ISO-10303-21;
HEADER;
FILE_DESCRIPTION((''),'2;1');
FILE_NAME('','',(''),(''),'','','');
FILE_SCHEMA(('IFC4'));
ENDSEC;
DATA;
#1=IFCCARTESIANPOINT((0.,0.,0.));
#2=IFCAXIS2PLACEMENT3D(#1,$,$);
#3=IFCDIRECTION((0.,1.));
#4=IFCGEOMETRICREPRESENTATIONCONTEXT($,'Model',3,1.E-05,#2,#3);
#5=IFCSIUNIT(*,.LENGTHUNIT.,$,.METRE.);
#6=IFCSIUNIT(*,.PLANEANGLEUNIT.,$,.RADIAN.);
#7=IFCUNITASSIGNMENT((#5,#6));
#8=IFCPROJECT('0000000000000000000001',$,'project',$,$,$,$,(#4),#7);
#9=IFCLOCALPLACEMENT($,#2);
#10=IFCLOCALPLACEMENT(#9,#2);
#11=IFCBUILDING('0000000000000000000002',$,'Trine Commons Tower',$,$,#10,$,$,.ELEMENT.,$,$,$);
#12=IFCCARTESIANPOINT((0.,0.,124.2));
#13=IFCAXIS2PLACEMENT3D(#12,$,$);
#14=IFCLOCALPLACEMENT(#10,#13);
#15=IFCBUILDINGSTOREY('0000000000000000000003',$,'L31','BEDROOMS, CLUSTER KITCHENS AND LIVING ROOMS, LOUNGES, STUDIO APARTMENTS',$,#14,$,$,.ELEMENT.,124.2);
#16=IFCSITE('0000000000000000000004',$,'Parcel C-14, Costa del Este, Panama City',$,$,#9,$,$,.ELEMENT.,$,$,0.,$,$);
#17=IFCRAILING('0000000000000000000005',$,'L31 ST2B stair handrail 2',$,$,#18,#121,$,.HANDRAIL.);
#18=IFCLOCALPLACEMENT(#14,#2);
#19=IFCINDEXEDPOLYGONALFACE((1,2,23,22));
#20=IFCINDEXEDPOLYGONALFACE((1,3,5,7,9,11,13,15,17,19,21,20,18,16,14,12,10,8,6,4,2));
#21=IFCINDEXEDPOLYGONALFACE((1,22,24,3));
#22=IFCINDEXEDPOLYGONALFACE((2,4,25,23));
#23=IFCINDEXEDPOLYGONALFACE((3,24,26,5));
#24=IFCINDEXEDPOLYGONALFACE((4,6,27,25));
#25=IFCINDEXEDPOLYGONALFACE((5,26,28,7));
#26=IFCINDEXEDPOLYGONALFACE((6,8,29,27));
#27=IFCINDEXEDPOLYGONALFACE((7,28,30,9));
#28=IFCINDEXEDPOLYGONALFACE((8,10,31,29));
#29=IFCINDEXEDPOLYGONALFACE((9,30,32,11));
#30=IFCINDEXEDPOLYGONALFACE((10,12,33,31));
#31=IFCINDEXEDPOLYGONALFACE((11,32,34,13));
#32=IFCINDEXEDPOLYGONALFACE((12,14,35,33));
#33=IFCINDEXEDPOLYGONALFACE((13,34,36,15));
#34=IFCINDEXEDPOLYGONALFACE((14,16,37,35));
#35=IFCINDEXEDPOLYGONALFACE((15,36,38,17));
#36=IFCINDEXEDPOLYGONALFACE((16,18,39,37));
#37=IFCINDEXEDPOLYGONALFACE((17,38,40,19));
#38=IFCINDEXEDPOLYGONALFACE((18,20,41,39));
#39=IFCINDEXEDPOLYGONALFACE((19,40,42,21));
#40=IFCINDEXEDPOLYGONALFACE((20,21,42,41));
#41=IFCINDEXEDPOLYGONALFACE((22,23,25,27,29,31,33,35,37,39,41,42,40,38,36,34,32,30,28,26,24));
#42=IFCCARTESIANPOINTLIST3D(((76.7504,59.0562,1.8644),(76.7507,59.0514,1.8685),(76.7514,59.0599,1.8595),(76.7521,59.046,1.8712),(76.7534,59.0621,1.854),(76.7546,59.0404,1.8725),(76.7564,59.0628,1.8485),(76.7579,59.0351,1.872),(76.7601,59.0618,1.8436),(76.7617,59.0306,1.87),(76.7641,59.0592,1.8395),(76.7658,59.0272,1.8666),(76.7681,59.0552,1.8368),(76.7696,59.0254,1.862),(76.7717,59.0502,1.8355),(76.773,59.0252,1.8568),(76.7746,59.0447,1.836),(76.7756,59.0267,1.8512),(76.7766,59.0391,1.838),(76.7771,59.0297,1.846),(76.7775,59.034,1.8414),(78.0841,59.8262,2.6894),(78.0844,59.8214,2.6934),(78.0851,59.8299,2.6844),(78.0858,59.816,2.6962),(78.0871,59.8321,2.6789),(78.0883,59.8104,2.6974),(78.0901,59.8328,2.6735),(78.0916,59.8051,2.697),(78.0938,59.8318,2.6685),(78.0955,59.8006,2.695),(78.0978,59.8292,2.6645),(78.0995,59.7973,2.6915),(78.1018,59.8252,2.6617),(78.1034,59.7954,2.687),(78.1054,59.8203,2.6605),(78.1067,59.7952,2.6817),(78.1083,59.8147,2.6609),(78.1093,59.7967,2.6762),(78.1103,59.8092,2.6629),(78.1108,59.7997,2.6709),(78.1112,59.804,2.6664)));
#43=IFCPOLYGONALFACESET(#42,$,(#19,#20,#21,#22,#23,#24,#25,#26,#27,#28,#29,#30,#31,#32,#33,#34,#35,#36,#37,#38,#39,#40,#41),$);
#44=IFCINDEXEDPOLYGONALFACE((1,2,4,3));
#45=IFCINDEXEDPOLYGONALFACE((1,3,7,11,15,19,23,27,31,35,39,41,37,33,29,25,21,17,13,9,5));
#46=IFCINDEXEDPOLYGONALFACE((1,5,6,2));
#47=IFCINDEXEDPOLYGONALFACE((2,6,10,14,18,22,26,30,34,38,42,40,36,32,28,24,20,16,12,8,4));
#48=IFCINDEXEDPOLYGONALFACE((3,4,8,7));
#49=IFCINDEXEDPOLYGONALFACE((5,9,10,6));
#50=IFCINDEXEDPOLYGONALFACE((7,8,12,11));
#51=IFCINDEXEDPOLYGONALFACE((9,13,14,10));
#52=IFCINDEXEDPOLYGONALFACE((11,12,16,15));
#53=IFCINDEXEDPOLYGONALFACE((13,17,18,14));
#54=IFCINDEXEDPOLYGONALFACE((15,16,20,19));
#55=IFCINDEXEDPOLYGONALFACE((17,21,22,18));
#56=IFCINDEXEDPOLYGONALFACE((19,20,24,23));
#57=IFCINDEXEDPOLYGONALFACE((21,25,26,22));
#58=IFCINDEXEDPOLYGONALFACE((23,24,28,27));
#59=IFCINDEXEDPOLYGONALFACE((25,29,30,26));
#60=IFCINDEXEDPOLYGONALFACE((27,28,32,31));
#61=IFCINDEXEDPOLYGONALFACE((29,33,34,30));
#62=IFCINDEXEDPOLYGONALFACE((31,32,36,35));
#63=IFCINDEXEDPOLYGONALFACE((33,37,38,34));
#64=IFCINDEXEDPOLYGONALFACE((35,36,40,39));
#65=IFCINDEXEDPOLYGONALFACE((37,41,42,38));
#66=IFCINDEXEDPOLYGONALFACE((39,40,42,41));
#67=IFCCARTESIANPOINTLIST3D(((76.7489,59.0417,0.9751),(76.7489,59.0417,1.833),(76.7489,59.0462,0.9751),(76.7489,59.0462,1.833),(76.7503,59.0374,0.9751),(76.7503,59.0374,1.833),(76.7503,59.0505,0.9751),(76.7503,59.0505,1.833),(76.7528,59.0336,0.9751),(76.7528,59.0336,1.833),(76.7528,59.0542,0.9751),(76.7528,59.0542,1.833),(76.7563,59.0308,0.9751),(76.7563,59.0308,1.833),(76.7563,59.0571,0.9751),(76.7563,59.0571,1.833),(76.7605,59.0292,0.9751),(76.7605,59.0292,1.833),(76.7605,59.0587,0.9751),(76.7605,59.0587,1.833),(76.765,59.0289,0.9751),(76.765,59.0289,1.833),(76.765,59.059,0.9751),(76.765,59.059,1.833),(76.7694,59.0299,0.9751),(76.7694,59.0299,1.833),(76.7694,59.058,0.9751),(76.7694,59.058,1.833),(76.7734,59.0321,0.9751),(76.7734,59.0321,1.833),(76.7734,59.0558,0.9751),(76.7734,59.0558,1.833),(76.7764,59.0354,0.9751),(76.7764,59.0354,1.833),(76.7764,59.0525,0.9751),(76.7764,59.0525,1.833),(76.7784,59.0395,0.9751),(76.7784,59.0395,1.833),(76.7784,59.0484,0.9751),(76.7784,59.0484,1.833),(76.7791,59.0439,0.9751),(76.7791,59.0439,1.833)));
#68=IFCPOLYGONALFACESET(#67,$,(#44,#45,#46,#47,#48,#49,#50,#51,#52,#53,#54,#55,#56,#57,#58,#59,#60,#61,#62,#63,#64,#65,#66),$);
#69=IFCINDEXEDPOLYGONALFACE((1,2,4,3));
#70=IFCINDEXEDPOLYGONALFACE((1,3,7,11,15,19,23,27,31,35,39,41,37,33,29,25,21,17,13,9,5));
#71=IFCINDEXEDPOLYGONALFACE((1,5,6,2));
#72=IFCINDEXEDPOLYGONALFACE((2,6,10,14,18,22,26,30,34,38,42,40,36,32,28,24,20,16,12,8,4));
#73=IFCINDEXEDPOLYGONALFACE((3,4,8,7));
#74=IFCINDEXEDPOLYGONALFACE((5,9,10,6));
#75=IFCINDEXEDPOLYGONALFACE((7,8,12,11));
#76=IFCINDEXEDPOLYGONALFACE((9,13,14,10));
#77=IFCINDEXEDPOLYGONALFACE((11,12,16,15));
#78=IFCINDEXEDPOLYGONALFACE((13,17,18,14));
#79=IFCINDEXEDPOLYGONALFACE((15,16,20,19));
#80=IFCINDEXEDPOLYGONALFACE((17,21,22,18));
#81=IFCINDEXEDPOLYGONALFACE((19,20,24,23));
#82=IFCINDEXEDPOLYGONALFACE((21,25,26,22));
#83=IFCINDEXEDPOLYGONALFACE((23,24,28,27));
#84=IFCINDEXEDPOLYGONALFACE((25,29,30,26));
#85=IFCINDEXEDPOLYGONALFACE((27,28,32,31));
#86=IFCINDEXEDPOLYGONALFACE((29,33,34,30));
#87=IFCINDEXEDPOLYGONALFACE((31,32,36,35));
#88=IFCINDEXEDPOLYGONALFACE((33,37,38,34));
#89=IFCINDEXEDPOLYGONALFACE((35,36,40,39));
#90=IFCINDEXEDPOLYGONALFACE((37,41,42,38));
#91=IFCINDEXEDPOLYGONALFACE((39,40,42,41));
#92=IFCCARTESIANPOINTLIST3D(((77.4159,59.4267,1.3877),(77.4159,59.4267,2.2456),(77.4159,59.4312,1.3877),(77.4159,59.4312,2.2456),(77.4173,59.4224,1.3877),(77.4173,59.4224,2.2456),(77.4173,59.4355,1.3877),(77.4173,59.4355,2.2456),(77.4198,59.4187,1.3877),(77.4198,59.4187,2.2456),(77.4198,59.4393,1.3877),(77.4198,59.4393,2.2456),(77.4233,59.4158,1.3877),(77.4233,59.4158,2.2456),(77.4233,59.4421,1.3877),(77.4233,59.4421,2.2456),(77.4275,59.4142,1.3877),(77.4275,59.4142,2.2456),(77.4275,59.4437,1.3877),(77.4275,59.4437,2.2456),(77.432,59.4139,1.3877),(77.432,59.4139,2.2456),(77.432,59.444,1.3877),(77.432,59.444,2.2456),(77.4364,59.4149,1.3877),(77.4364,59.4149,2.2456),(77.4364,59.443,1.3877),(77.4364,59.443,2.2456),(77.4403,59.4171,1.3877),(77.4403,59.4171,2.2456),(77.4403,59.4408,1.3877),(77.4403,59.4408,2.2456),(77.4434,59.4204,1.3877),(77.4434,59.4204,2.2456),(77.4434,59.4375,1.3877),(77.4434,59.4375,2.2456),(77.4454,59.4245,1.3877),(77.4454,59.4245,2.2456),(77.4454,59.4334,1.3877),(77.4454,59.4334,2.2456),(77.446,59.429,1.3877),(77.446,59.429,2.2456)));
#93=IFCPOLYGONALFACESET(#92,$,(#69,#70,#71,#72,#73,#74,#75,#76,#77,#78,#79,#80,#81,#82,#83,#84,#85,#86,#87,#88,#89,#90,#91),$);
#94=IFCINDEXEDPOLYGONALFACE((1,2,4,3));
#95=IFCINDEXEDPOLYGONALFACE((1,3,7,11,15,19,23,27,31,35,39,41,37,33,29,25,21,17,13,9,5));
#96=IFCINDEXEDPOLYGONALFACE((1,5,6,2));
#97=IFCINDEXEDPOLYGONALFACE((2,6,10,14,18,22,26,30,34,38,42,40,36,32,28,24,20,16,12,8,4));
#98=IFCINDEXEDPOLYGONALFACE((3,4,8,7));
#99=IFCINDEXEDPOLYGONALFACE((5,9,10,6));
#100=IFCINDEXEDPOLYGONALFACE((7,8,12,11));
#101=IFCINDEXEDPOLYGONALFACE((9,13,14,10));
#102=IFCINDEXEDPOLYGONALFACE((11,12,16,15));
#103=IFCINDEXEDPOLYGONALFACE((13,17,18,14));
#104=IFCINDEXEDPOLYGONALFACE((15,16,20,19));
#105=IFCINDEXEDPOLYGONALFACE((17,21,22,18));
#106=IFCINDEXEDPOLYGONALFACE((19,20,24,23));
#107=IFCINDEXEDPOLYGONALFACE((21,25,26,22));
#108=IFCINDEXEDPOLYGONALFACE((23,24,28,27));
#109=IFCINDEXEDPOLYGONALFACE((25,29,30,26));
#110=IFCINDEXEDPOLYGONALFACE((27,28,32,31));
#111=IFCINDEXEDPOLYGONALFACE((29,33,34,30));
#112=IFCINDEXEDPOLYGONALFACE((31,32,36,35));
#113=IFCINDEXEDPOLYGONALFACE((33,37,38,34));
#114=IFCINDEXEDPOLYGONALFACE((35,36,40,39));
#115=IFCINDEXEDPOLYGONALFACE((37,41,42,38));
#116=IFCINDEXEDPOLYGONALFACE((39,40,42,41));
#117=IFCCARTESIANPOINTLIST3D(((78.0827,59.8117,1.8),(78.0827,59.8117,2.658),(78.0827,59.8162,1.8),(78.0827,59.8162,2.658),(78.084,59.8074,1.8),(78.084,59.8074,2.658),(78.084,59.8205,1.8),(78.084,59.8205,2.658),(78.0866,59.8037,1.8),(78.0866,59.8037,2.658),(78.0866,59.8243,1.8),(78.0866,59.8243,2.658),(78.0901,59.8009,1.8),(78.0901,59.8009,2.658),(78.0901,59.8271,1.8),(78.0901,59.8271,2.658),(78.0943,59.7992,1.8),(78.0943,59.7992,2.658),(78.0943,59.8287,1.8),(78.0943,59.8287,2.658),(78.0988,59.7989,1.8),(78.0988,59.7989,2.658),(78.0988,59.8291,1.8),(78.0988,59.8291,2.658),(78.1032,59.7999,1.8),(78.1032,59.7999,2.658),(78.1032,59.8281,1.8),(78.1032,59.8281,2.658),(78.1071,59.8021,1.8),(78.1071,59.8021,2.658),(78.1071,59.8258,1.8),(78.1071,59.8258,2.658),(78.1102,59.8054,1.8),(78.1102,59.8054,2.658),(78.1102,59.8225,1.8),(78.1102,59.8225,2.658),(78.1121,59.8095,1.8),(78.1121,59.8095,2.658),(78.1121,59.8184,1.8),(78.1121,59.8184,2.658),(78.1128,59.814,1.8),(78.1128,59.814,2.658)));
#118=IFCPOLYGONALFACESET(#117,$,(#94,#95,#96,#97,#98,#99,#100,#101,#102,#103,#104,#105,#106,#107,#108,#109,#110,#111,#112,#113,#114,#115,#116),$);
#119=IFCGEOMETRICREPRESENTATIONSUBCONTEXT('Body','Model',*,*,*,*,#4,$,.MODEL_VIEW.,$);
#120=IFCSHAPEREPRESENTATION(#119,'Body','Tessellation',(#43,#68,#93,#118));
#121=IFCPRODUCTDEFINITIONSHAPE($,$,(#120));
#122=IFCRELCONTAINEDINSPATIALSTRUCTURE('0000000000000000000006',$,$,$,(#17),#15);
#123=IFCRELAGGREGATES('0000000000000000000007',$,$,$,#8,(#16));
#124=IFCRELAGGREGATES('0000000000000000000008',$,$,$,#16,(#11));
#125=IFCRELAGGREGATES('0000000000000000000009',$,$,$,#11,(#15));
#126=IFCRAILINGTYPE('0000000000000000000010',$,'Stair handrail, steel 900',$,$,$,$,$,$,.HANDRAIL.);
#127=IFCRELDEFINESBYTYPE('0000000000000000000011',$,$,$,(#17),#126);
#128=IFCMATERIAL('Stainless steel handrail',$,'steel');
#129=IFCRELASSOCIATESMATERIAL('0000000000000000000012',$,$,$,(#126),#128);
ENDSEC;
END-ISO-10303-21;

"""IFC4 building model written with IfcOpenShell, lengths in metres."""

from ifc_helpers import new_model, si_unit, direction, frame, origin, origin_2d, place, context, subcontext, project, spatial, circle, extrude, material, type_object, element, save


model = new_model("IFC4")

# Units and contexts
model_context = context("Model", 3, precision=1e-05, world=origin(), true_north=direction((0.0, 1.0)))
body_context = subcontext(model_context, "Body", "Model", "MODEL_VIEW")
ifc_project = project(units=[si_unit("LENGTHUNIT", "METRE"), si_unit("PLANEANGLEUNIT", "RADIAN")], contexts=[model_context])

# Site, building, storey
site_placement = place(None, origin())
site = spatial("IfcSite", under=ifc_project, at=site_placement, Name="Parcel C-14, Costa del Este, Panama City", CompositionType="ELEMENT", RefElevation=0.0)
building_placement = place(site_placement, origin())
building = spatial("IfcBuilding", under=site, at=building_placement, Name="Trine Commons Tower", CompositionType="ELEMENT")
storey_placement = place(building_placement, frame((0.0, 0.0, 124.2)))
storey = spatial("IfcBuildingStorey", under=building, at=storey_placement, Name="L31", Description="BEDROOMS, CLUSTER KITCHENS AND LIVING ROOMS, LOUNGES, STUDIO APARTMENTS", CompositionType="ELEMENT", Elevation=124.2)

# Railing
ifc_material_1 = material(Name="Stainless steel handrail", Category="steel")
railing_type_1 = type_object("IfcRailingType", Name="Stair handrail, steel 900", PredefinedType="HANDRAIL", material=ifc_material_1)
railing_1_placement = place(storey_placement, frame((76.7639, 59.0439, 0.9751)))
element("IfcRailing", 1, at=railing_1_placement, inside=storey, type_object=railing_type_1, Name="L31 ST2B stair handrail 2", PredefinedType="HANDRAIL", context=body_context, shape_type="SweptSolid", body=[
    extrude(circle(Radius=0.021, at=origin_2d()), frame((0.0, 0.0, 0.8789), z_axis=(0.763405, 0.440743, 0.472185), x_axis=(-0.499992, 0.86603, 0.0)), (0.0, 0.0, 1.0), 1.7471),
    extrude(circle(Radius=0.0151, at=origin_2d()), origin(), (0.0, 0.0, 1.0), 0.8579),
    extrude(circle(Radius=0.0151, at=origin_2d()), frame((0.667, 0.385, 0.4126)), (0.0, 0.0, 1.0), 0.8579),
    extrude(circle(Radius=0.0151, at=origin_2d()), frame((1.3337, 0.77, 0.825)), (0.0, 0.0, 1.0), 0.8579),
])

save(model, "model.ifc")
